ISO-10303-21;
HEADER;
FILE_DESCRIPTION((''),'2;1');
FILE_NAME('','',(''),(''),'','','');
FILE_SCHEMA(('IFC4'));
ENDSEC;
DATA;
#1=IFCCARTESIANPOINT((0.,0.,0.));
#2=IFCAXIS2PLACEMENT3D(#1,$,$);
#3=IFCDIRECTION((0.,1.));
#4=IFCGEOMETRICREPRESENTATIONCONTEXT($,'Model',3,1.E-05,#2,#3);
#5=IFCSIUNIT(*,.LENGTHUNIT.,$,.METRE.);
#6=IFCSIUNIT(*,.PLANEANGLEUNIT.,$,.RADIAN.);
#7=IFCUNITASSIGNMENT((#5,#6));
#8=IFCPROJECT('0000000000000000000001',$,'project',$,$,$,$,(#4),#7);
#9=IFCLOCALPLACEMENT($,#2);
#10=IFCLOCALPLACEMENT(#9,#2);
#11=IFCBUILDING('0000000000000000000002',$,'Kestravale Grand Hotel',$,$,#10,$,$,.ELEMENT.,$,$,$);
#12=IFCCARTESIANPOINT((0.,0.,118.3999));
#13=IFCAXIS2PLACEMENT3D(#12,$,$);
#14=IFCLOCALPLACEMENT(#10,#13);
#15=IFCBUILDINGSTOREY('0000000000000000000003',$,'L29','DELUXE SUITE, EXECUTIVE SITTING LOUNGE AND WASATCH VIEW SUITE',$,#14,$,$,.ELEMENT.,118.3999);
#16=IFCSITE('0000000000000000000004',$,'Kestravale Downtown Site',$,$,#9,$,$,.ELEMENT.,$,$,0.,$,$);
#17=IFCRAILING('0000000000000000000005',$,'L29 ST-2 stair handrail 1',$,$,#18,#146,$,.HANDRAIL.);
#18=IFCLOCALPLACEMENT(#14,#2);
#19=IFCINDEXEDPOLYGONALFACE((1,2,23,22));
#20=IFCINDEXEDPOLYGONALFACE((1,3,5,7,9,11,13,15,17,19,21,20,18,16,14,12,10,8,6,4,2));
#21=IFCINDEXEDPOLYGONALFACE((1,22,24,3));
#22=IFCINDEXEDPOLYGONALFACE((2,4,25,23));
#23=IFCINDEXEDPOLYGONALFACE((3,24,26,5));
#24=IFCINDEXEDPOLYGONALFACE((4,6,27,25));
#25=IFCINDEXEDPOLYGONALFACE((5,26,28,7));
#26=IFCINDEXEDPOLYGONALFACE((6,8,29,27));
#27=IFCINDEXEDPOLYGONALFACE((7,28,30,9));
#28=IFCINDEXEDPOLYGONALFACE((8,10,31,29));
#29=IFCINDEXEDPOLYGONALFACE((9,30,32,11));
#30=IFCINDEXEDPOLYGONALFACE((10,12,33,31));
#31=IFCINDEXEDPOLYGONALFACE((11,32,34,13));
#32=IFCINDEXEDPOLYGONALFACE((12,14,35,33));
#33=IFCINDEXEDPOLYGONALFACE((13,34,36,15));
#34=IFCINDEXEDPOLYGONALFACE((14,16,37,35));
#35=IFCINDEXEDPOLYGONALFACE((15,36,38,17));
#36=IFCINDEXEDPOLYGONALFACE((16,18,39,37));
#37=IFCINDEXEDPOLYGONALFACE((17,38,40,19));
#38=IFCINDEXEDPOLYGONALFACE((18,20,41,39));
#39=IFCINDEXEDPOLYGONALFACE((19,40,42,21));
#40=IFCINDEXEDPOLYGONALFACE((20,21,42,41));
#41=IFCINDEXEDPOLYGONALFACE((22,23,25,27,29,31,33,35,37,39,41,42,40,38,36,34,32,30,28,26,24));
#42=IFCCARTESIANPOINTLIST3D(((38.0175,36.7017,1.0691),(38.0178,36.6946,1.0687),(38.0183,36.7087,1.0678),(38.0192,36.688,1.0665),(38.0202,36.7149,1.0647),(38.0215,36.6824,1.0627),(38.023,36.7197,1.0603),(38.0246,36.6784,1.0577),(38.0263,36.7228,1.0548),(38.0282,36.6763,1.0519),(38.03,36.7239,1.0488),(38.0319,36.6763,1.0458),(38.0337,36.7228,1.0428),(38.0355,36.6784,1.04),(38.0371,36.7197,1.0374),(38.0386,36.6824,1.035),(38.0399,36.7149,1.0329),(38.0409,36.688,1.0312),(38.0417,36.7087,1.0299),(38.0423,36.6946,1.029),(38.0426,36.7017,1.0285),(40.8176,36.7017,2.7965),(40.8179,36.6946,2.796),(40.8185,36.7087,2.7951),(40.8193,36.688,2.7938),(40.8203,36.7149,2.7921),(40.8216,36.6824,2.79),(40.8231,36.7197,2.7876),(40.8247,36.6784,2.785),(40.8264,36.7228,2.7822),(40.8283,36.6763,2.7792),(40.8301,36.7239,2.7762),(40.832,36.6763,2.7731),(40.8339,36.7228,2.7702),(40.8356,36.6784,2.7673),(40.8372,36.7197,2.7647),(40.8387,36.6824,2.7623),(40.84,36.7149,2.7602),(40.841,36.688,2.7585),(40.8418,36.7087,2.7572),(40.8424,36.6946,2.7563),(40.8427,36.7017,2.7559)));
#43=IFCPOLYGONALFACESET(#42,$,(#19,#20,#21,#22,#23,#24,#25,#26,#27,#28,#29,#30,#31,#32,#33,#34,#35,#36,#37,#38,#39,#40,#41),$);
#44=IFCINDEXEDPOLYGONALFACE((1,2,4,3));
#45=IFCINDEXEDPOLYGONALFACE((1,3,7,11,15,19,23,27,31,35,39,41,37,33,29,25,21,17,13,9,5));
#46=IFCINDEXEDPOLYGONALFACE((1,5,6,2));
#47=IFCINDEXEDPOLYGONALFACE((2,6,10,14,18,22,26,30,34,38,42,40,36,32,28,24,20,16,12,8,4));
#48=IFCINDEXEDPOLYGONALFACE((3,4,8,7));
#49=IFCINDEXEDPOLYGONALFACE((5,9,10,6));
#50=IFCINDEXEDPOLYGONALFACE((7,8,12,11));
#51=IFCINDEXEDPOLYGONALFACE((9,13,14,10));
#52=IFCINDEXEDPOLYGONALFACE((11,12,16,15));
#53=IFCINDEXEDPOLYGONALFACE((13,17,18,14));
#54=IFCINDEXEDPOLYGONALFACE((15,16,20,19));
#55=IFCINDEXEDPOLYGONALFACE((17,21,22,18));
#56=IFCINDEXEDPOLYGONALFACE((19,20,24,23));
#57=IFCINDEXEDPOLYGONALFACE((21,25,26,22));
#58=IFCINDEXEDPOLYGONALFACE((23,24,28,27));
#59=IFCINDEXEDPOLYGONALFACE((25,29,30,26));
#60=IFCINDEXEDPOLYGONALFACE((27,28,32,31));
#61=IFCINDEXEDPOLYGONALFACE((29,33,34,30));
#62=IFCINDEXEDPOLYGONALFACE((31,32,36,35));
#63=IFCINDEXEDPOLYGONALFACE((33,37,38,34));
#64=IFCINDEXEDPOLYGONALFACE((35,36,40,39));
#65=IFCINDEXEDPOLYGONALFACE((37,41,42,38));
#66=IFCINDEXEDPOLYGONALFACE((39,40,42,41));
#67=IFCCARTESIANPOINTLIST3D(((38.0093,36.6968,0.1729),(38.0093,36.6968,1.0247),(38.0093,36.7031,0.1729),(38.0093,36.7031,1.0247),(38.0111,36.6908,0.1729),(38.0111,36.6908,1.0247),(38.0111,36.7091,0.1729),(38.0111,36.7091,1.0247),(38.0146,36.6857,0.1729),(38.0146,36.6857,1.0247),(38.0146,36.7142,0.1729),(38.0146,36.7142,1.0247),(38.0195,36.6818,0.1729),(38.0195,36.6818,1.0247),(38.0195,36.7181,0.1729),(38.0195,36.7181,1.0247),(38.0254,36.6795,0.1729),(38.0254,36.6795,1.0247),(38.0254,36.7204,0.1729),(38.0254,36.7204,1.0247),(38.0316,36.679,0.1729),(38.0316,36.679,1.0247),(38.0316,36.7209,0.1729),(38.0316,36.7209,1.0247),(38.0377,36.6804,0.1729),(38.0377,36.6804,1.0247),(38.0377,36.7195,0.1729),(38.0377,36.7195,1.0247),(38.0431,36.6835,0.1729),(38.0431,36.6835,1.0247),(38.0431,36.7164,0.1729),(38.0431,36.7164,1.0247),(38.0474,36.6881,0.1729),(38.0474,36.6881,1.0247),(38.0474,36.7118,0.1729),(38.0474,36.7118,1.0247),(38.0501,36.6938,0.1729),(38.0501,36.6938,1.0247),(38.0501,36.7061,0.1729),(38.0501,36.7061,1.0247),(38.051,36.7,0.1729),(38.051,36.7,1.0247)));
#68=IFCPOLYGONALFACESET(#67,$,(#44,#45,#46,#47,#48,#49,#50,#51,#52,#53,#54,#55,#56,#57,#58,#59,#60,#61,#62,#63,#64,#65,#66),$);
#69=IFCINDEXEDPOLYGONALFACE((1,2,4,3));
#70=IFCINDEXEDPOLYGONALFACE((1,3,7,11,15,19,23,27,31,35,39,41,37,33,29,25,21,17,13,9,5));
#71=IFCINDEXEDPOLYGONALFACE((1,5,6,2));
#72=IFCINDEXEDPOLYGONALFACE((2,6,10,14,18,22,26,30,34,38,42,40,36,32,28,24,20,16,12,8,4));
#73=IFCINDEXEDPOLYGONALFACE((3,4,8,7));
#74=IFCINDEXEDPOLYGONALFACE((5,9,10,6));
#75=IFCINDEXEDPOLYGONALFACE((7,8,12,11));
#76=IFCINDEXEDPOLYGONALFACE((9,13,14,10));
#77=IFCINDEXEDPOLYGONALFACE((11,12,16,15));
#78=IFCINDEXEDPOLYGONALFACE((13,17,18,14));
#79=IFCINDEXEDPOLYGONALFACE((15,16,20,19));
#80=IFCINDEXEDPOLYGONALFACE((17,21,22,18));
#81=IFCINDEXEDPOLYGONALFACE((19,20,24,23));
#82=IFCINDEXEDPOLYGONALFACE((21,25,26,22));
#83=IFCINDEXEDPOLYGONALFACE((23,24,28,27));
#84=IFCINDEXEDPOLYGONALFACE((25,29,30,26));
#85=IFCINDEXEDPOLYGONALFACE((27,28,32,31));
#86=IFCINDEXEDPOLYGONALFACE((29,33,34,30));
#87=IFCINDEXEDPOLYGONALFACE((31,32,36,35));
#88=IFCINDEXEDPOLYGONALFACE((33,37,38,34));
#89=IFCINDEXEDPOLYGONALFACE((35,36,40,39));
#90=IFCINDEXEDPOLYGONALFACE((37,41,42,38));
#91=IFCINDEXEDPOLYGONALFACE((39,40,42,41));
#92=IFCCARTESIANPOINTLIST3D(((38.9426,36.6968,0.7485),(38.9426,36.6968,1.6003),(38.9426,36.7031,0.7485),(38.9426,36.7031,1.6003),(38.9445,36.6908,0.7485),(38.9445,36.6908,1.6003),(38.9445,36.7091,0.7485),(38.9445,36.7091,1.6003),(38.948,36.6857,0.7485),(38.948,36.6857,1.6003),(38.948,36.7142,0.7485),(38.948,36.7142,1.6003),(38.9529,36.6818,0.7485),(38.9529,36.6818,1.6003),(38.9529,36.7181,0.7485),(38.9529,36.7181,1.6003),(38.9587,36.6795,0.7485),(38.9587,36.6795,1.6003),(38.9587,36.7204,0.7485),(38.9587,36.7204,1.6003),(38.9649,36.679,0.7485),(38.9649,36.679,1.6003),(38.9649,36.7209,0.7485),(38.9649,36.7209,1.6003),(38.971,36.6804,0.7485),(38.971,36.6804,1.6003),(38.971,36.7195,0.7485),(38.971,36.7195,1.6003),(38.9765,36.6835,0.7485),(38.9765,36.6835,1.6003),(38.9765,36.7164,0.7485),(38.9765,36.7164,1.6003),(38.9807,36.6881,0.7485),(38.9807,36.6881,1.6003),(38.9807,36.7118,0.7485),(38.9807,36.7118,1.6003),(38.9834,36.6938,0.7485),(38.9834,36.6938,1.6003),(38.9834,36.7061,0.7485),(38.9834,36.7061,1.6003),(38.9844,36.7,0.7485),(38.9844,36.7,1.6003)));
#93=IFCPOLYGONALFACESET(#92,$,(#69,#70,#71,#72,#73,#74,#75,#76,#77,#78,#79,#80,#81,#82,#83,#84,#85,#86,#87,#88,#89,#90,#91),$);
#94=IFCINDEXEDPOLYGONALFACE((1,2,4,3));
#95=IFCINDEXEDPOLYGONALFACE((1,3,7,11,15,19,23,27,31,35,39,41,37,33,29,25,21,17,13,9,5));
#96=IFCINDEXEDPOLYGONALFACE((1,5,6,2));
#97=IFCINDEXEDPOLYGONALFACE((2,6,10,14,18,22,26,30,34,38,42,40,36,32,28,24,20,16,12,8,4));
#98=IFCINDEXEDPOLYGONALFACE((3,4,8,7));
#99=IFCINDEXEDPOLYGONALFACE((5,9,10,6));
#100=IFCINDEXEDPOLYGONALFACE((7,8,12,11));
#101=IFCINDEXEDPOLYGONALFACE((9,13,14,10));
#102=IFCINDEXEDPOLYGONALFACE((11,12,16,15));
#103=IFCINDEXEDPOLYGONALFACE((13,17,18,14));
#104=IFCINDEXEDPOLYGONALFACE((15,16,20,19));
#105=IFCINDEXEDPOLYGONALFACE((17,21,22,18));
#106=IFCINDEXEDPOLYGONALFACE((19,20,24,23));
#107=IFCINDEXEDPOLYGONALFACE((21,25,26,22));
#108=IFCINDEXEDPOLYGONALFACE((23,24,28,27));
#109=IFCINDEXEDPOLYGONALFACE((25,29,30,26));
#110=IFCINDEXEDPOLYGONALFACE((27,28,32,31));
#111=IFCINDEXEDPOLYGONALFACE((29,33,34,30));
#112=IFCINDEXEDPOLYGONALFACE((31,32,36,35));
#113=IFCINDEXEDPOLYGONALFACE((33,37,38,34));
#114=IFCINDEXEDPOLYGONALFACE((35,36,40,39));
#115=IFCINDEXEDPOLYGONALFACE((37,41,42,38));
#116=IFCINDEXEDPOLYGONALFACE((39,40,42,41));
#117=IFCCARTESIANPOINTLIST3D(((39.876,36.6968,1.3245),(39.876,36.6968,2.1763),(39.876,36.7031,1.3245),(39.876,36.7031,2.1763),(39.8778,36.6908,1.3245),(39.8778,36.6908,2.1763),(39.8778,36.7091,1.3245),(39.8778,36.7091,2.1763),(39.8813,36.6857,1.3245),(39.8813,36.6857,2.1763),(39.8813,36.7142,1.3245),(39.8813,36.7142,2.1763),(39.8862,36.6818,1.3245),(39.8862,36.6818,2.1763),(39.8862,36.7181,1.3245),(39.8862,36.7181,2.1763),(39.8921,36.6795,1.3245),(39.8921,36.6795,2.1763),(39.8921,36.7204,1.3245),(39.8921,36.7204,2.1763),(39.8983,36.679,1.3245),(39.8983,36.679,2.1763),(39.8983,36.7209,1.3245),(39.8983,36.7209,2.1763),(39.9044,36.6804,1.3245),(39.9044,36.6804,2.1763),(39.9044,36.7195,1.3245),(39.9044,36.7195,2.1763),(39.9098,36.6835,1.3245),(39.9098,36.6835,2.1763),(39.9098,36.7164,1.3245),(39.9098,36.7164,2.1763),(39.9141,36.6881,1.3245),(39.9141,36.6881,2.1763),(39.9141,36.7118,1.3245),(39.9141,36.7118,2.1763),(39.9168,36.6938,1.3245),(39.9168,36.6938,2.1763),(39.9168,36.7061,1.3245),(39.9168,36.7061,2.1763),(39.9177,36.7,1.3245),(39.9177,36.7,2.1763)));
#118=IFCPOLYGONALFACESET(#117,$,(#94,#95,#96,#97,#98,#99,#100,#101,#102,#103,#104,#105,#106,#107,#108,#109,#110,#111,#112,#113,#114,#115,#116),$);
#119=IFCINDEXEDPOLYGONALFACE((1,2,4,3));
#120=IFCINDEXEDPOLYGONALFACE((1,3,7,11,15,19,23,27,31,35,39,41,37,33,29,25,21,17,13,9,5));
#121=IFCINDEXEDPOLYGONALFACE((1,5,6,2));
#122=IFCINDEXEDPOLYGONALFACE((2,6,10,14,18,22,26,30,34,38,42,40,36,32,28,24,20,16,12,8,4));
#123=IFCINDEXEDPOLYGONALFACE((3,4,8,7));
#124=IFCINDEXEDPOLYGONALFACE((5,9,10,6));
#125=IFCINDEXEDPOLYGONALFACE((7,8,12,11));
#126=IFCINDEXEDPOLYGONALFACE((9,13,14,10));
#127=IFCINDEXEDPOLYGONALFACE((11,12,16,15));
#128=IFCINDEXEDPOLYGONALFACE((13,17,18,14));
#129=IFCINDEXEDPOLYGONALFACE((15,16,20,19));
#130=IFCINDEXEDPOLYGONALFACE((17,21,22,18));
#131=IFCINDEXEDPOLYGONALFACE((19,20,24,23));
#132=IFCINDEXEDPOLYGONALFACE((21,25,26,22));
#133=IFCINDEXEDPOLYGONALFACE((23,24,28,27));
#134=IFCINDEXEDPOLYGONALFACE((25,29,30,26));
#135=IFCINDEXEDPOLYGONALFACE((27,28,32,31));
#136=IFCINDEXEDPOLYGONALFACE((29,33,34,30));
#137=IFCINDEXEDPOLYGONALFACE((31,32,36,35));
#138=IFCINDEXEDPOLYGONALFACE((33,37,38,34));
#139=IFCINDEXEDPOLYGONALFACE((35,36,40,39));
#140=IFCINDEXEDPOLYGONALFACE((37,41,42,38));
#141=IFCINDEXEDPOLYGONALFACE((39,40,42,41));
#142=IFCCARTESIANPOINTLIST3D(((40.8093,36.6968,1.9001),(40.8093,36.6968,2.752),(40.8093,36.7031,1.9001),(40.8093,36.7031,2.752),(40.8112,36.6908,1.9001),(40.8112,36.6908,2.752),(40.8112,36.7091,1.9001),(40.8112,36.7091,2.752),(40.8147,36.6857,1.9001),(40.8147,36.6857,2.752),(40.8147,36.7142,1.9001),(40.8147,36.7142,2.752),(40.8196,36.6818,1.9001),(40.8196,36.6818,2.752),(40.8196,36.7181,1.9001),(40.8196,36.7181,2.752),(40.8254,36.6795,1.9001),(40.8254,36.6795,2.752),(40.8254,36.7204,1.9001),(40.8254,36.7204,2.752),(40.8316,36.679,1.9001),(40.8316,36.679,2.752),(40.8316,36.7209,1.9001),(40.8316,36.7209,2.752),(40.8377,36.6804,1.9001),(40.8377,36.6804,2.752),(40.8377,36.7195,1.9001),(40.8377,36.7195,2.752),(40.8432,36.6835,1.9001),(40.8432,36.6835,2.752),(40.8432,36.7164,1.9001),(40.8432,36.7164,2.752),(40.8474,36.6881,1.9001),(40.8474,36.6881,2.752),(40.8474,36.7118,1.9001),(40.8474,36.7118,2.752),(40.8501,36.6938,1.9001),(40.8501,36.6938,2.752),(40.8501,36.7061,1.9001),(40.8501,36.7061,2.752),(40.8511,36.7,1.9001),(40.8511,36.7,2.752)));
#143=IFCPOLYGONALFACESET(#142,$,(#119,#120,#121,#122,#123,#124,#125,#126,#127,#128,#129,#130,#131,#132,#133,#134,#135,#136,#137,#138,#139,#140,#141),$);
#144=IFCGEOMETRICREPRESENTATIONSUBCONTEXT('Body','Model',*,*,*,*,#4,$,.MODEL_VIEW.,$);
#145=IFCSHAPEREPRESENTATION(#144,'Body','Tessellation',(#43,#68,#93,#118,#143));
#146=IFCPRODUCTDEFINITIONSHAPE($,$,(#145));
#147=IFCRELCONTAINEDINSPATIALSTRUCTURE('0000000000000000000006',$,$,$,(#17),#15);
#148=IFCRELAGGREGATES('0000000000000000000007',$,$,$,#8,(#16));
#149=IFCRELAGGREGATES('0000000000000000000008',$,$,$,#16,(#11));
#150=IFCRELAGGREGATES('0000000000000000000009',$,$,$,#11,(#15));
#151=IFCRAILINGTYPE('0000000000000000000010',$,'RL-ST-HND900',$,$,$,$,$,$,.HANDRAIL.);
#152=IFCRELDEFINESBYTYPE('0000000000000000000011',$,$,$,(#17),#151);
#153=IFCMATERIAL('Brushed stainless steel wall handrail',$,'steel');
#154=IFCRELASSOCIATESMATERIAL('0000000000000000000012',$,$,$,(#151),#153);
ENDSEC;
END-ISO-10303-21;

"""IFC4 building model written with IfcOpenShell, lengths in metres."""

from ifc_helpers import new_model, si_unit, direction, frame, origin, origin_2d, place, context, subcontext, project, spatial, circle, extrude, material, type_object, element, save


model = new_model("IFC4")

# Units and contexts
model_context = context("Model", 3, precision=1e-05, world=origin(), true_north=direction((0.0, 1.0)))
body_context = subcontext(model_context, "Body", "Model", "MODEL_VIEW")
ifc_project = project(units=[si_unit("LENGTHUNIT", "METRE"), si_unit("PLANEANGLEUNIT", "RADIAN")], contexts=[model_context])

# Site, building, storey
site_placement = place(None, origin())
site = spatial("IfcSite", under=ifc_project, at=site_placement, Name="Kestravale Downtown Site", CompositionType="ELEMENT", RefElevation=0.0)
building_placement = place(site_placement, origin())
building = spatial("IfcBuilding", under=site, at=building_placement, Name="Kestravale Grand Hotel", CompositionType="ELEMENT")
storey_placement = place(building_placement, frame((0.0, 0.0, 118.3999)))
storey = spatial("IfcBuildingStorey", under=building, at=storey_placement, Name="L29", Description="DELUXE SUITE, EXECUTIVE SITTING LOUNGE AND WASATCH VIEW SUITE", CompositionType="ELEMENT", Elevation=118.3999)

# Railing
ifc_material_1 = material(Name="Brushed stainless steel wall handrail", Category="steel")
railing_type_1 = type_object("IfcRailingType", Name="RL-ST-HND900", PredefinedType="HANDRAIL", material=ifc_material_1)
railing_1_placement = place(storey_placement, frame((38.03, 36.7, 0.1729)))
element("IfcRailing", 1, at=railing_1_placement, inside=storey, type_object=railing_type_1, Name="L29 ST-2 stair handrail 1", PredefinedType="HANDRAIL", context=body_context, shape_type="SweptSolid", body=[
    extrude(circle(Radius=0.0239, at=origin_2d()), frame((0.0, 0.0, 0.876), z_axis=(0.85109, 0.0, 0.52502), x_axis=(0.0, 1.0, 0.0)), (0.0, 0.0, 1.0), 3.29),
    extrude(circle(Radius=0.021, at=origin_2d()), origin(), (0.0, 0.0, 1.0), 0.8518),
    extrude(circle(Radius=0.021, at=origin_2d()), frame((0.9333, 0.0, 0.5757)), (0.0, 0.0, 1.0), 0.8518),
    extrude(circle(Radius=0.021, at=origin_2d()), frame((1.8667, 0.0, 1.1516)), (0.0, 0.0, 1.0), 0.8518),
    extrude(circle(Radius=0.021, at=origin_2d()), frame((2.8, 0.0, 1.7273)), (0.0, 0.0, 1.0), 0.8518),
])

save(model, "model.ifc")
